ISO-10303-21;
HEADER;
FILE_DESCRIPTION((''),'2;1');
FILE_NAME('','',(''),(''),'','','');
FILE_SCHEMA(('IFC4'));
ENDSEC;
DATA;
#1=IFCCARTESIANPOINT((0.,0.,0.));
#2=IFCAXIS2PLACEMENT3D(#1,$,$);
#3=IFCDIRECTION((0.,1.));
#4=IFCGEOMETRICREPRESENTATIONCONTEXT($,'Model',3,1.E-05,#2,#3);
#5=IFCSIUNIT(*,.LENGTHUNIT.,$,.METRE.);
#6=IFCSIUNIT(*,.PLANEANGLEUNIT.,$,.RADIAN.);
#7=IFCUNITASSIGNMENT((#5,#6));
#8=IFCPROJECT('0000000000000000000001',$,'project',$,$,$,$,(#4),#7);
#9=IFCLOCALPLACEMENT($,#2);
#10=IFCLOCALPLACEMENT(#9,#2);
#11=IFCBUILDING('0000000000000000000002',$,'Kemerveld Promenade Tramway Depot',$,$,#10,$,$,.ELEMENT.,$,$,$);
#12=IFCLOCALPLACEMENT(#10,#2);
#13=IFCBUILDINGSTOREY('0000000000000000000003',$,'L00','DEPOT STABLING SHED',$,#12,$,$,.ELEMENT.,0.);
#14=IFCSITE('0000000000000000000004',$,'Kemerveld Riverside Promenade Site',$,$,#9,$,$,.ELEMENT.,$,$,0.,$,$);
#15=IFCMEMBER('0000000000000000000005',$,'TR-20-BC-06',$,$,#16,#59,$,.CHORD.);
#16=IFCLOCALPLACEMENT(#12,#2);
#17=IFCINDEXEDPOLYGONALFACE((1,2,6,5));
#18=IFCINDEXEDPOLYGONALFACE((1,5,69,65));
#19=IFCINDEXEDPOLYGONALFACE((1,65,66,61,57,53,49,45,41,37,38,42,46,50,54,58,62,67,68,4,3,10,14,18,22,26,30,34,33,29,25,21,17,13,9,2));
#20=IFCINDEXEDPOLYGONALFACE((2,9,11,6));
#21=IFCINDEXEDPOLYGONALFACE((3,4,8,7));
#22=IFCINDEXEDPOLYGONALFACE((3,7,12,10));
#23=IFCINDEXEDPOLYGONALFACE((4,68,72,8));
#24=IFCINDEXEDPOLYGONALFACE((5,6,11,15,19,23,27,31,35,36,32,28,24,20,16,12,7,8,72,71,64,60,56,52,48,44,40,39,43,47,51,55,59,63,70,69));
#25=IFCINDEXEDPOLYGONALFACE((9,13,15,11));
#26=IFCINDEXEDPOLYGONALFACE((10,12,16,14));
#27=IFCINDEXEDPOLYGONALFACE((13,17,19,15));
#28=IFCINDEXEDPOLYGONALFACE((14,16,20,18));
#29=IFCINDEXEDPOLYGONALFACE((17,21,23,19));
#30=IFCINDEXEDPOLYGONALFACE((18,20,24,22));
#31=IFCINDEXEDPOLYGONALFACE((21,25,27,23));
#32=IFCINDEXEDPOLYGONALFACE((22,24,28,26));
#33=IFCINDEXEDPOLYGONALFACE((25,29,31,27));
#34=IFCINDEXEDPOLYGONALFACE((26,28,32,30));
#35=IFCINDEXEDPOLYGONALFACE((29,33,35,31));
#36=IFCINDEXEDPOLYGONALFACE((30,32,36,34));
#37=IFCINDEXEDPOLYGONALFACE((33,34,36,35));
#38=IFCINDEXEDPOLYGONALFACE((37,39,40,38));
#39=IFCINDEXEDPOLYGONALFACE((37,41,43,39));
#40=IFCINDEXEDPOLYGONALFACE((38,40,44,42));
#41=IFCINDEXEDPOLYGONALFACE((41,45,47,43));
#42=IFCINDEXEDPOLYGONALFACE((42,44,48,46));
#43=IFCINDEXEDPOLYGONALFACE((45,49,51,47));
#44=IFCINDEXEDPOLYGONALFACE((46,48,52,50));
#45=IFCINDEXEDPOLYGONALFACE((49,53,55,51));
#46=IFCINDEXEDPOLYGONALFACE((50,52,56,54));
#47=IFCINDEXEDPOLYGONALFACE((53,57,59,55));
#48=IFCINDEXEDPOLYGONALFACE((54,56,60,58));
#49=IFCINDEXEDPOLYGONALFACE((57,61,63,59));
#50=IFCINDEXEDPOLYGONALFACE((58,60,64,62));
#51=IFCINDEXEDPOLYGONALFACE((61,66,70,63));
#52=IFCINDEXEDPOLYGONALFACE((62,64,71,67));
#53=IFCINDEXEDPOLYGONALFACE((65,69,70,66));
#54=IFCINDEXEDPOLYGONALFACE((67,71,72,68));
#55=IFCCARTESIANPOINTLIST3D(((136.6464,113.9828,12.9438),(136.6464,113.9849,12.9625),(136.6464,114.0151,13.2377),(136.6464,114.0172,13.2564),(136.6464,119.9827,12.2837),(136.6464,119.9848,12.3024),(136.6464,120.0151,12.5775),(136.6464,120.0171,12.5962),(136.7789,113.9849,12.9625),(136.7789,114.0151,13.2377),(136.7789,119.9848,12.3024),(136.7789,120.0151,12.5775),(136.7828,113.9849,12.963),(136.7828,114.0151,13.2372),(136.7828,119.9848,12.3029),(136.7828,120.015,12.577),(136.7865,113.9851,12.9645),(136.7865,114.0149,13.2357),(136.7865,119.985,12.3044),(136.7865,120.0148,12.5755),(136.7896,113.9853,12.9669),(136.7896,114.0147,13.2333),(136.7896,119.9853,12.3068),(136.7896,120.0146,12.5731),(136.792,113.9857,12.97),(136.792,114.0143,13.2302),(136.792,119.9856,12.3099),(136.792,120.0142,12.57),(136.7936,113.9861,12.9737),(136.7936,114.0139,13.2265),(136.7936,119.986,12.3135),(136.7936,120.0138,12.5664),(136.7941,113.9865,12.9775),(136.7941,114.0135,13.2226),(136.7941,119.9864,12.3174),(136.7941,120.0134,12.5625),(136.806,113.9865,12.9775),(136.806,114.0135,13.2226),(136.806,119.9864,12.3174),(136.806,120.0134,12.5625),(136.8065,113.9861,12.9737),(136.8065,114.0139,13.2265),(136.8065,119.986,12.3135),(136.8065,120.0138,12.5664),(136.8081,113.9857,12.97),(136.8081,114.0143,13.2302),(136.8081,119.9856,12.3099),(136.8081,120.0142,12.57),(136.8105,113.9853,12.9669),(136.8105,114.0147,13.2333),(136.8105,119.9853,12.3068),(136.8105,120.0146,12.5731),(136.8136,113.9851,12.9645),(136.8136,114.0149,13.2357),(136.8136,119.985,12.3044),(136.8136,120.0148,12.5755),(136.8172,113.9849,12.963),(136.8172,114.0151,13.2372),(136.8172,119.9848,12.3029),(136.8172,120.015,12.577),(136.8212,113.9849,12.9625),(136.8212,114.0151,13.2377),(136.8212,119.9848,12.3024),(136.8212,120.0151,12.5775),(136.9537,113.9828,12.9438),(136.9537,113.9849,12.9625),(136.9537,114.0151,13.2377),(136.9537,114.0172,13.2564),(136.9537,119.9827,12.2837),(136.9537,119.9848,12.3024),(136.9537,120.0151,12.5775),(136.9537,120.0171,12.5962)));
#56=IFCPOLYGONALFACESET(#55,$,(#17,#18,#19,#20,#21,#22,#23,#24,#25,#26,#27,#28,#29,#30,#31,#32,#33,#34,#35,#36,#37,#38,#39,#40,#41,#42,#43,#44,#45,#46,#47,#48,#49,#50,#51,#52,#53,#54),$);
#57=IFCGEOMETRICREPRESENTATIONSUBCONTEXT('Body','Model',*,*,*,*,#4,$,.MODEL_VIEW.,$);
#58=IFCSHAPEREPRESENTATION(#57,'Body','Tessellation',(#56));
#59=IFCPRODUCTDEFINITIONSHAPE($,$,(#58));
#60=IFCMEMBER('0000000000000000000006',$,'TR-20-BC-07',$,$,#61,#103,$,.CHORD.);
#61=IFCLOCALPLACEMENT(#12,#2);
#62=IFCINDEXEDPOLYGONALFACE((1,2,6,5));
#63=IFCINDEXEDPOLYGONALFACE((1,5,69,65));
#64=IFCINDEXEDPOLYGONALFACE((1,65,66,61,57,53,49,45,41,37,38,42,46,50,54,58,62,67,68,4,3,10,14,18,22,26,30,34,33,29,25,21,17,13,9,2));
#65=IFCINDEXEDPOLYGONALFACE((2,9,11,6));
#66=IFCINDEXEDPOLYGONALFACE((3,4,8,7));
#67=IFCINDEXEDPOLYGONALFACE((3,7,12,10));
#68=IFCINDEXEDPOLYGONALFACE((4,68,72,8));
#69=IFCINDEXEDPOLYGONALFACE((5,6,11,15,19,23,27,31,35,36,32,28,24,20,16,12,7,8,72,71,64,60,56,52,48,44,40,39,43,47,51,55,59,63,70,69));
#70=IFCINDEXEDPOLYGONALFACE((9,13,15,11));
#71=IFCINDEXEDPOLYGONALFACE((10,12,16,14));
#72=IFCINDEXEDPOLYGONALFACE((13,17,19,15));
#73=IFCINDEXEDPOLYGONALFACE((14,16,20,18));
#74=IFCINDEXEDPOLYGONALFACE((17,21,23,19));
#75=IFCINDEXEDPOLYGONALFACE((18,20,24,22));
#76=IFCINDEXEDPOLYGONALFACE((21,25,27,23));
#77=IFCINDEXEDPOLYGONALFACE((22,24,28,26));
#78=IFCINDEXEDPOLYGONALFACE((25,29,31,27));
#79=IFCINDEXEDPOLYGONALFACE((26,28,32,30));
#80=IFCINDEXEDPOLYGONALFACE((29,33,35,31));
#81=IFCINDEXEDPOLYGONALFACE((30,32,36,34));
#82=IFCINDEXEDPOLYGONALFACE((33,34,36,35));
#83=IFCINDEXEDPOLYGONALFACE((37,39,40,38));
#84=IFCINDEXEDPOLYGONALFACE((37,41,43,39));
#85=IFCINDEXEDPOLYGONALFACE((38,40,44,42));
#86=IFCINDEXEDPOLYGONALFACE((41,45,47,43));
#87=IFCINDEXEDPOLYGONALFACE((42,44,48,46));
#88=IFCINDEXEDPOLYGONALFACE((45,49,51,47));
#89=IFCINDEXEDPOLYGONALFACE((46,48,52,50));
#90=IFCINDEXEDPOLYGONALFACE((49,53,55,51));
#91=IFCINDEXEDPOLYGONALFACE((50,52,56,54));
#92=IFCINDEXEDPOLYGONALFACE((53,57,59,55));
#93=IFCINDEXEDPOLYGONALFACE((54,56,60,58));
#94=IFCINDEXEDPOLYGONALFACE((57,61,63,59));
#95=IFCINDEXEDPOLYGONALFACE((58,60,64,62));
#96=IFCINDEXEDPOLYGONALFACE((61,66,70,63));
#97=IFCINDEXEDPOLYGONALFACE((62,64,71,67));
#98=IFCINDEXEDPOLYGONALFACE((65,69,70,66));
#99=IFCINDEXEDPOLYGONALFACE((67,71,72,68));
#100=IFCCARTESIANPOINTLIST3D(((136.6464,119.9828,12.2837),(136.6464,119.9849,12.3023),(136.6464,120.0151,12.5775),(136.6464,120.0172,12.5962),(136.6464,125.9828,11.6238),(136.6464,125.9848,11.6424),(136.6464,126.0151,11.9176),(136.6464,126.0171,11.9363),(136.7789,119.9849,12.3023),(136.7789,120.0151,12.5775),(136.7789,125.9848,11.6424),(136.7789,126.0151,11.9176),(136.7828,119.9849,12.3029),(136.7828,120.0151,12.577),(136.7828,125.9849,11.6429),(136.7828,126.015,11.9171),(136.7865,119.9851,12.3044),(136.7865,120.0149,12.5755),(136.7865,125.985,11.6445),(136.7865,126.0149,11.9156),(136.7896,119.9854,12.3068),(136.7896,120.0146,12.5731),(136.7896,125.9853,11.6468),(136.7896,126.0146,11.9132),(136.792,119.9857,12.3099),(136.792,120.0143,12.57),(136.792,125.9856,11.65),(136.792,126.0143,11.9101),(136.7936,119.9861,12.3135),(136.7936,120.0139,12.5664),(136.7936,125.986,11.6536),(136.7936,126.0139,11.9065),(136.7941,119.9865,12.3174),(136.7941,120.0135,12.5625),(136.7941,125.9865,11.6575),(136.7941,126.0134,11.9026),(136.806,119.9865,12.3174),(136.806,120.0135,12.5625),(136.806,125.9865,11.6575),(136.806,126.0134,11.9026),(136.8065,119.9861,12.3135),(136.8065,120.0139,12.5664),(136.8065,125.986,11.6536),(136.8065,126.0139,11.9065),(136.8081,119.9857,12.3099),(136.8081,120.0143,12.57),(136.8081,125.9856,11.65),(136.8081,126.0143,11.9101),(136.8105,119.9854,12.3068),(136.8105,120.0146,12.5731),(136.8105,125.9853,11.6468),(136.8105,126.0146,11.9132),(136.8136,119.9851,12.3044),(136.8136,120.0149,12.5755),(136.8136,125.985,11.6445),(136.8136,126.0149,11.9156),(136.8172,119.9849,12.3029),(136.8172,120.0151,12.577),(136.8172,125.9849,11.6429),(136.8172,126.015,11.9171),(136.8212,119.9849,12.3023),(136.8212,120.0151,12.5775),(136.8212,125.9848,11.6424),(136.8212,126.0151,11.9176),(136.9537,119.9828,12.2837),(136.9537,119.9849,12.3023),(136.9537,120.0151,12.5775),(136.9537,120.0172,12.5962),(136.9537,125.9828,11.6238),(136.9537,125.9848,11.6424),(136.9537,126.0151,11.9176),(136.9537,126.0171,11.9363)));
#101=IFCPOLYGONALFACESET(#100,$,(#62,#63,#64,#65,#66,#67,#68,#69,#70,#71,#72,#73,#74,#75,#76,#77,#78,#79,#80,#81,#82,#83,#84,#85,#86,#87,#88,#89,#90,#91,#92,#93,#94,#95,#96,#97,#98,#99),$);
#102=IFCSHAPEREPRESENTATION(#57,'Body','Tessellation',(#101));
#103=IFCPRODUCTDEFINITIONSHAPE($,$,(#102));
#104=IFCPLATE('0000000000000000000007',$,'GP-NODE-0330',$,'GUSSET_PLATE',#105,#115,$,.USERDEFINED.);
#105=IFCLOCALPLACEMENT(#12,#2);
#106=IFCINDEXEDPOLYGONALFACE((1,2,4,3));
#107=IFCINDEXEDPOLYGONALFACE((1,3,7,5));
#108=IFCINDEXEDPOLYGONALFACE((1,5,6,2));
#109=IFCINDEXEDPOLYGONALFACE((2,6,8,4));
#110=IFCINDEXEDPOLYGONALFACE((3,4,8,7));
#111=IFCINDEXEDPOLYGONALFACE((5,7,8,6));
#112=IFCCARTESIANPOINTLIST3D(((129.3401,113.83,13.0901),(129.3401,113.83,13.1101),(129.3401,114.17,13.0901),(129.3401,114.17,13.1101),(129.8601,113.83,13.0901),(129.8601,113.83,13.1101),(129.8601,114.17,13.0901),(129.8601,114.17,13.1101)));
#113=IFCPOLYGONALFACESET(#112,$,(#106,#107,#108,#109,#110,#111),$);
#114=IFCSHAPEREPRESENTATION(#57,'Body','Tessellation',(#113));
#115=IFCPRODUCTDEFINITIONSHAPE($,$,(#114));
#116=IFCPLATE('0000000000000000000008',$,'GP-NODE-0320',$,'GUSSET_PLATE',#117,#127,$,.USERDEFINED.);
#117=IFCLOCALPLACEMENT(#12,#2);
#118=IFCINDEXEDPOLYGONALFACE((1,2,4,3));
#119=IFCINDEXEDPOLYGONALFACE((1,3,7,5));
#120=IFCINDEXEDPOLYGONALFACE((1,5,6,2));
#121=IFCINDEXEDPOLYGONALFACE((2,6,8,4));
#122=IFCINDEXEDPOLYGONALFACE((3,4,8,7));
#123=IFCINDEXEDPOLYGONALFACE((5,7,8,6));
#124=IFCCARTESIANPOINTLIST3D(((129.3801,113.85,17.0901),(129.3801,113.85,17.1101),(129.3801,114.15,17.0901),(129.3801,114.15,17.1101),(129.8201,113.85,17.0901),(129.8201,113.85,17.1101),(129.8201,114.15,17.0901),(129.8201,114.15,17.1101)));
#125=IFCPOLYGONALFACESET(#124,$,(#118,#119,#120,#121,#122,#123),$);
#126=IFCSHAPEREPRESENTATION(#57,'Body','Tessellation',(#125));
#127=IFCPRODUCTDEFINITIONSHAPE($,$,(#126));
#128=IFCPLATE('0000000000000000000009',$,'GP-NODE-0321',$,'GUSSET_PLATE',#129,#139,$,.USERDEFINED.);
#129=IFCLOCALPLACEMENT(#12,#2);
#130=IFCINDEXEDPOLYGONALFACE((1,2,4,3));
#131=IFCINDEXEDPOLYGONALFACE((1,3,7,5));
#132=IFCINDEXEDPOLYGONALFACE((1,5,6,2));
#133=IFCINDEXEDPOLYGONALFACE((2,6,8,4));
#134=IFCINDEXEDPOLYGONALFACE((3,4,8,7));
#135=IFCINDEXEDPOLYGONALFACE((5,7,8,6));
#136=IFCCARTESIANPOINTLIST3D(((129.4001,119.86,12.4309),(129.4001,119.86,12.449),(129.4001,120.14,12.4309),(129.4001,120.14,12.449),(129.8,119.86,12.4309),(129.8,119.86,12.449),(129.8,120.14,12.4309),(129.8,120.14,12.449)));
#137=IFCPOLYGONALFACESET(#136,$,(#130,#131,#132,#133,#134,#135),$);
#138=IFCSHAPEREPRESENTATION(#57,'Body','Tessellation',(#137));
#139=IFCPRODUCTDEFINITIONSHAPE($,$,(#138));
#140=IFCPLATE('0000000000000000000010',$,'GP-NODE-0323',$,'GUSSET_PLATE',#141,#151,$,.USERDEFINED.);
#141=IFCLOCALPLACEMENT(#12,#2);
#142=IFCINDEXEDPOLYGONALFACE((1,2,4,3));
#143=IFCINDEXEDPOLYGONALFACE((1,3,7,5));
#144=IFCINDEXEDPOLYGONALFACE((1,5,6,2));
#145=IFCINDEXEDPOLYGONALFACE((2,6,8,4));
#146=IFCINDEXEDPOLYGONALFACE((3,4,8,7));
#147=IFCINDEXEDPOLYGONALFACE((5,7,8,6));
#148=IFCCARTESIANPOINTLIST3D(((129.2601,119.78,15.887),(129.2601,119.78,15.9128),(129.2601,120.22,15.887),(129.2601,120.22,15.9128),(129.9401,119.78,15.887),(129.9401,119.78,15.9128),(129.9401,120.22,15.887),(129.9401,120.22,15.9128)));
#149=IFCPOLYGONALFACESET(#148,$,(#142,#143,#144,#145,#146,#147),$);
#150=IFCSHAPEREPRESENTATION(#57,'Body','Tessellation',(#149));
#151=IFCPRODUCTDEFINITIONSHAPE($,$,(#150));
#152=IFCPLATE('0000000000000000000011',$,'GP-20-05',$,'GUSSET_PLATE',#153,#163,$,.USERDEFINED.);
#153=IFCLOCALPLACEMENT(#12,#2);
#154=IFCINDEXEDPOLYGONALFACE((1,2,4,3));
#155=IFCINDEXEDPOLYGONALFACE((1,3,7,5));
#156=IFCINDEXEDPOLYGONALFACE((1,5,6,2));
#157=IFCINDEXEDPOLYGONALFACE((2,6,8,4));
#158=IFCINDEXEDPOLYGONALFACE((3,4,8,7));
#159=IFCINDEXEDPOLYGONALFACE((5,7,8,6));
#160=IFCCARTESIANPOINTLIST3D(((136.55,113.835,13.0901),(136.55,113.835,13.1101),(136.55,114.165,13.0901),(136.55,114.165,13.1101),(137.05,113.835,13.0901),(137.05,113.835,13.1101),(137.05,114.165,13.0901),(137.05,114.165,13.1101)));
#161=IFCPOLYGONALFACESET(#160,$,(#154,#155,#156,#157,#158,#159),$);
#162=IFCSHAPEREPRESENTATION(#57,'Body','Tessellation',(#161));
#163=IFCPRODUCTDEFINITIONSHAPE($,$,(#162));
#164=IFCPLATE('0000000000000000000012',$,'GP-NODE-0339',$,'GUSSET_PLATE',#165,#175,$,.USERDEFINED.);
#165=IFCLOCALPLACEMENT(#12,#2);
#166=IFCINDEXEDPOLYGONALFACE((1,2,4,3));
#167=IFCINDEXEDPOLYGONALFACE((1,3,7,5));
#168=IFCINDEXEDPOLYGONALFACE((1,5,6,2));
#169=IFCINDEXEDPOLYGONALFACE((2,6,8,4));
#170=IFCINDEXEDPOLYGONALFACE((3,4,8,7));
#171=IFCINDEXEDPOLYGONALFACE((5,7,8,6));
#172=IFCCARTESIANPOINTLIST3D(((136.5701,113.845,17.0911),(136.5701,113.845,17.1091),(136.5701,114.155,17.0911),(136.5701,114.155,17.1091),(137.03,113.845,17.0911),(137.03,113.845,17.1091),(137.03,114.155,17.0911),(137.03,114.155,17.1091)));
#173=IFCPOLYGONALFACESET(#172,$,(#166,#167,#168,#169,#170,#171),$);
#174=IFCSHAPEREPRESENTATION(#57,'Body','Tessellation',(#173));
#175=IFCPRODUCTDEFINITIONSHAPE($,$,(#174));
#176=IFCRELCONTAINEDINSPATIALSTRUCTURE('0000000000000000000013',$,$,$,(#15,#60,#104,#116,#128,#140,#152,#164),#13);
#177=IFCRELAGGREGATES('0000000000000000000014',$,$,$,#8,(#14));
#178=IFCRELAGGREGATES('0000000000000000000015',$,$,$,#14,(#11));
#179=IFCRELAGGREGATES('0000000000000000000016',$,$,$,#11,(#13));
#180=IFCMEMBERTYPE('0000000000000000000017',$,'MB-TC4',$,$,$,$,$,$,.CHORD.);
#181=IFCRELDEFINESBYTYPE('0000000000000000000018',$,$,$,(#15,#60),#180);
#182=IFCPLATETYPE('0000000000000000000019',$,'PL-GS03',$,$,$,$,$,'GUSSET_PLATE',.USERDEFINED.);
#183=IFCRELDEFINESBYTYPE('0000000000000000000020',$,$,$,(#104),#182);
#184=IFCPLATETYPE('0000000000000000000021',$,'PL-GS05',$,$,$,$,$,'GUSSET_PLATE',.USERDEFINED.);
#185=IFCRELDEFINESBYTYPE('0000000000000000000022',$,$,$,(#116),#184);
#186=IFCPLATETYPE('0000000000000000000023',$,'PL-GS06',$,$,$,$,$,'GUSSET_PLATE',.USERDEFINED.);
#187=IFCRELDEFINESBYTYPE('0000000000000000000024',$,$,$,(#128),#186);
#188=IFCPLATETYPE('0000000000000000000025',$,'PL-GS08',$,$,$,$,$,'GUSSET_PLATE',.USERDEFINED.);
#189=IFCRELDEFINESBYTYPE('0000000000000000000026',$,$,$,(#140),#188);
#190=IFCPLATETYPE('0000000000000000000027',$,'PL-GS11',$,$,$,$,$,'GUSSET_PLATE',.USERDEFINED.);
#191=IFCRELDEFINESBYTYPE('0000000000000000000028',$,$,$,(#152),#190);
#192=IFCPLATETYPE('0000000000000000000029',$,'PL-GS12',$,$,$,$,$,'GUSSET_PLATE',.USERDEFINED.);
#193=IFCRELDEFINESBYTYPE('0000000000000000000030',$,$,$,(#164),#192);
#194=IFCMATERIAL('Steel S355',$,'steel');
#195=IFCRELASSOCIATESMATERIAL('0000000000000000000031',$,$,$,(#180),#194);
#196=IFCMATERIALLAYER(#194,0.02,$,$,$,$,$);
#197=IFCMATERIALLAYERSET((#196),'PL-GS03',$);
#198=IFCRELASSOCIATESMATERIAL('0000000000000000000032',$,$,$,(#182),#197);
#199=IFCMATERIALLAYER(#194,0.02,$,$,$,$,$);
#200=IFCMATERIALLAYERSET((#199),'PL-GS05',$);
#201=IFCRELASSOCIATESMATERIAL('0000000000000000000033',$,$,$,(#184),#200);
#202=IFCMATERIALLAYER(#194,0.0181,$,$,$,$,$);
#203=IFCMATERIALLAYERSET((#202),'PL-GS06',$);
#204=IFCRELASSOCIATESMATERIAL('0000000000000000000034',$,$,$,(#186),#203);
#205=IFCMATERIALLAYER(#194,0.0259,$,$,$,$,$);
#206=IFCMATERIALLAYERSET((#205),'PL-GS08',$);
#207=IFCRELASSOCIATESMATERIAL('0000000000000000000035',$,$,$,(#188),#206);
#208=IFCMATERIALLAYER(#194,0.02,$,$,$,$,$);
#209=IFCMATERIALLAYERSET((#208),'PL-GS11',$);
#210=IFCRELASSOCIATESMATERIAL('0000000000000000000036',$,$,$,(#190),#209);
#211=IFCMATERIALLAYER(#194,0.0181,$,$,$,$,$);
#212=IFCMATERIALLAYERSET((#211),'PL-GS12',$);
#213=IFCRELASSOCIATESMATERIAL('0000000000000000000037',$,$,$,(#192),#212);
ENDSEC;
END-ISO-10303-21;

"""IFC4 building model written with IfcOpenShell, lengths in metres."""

from ifc_helpers import new_model, si_unit, direction, frame, origin, origin_2d, place, context, subcontext, project, spatial, rectangle, i_section, extrude, material, layer, layer_set, material_profile, profile_set, type_object, element, save


model = new_model("IFC4")

# Units and contexts
model_context = context("Model", 3, precision=1e-05, world=origin(), true_north=direction((0.0, 1.0)))
body_context = subcontext(model_context, "Body", "Model", "MODEL_VIEW")
ifc_project = project(units=[si_unit("LENGTHUNIT", "METRE"), si_unit("PLANEANGLEUNIT", "RADIAN")], contexts=[model_context])

# Site, building, storey
site_placement = place(None, origin())
site = spatial("IfcSite", under=ifc_project, at=site_placement, Name="Kemerveld Riverside Promenade Site", CompositionType="ELEMENT", RefElevation=0.0)
building_placement = place(site_placement, origin())
building = spatial("IfcBuilding", under=site, at=building_placement, Name="Kemerveld Promenade Tramway Depot", CompositionType="ELEMENT")
storey_placement = place(building_placement, origin())
storey = spatial("IfcBuildingStorey", under=building, at=storey_placement, Name="L00", Description="DEPOT STABLING SHED", CompositionType="ELEMENT", Elevation=0.0)

# Members
ifc_material_1 = material(Name="Steel S355", Category="steel")
ifc_material_profile_1 = material_profile(ifc_material_1, i_section(OverallWidth=0.3074, OverallDepth=0.3145, WebThickness=0.012, FlangeThickness=0.0188, FilletRadius=0.0151, at=origin_2d()), Name="305x305x118 UC")
ifc_profile_set_1 = profile_set([ifc_material_profile_1], Name="Steel S355")
member_type_1 = type_object("IfcMemberType", Name="MB-TC4", PredefinedType="CHORD", material=ifc_profile_set_1)
for number, where, z_axis, x_axis, name in (
    (1, (136.8, 114.0, 13.1001), (0.0, 0.994002, -0.109366), (-1.0, 0.0, 0.0), "TR-20-BC-06"),
    (2, (136.8, 120.0, 12.4399), (0.0, 0.994006, -0.109326), (-1.0, 0.0, 0.0), "TR-20-BC-07"),
):
    element("IfcMember", number, at=place(storey_placement, frame(where, z_axis=z_axis, x_axis=x_axis)), inside=storey, type_object=member_type_1, Name=name, PredefinedType="CHORD", context=body_context, shape_type="SweptSolid", body=[
        extrude(i_section(OverallWidth=0.3074, OverallDepth=0.3145, WebThickness=0.012, FlangeThickness=0.0188, FilletRadius=0.0151, at=origin_2d()), origin(), (0.0, 0.0, 1.0), 6.0361),
    ])

# Plates
ifc_layer_1 = layer(ifc_material_1, 0.02)
ifc_layer_set_1 = layer_set([ifc_layer_1], Name="PL-GS03")
plate_type_1 = type_object("IfcPlateType", Name="PL-GS03", ElementType="GUSSET_PLATE", PredefinedType="USERDEFINED", material=ifc_layer_set_1)
plate_1_placement = place(storey_placement, frame((129.6001, 114.0, 13.0901), z_axis=(0.0, 0.0, 1.0), x_axis=(1.0, 0.0, 0.0)))
element("IfcPlate", 3, at=plate_1_placement, inside=storey, type_object=plate_type_1, Name="GP-NODE-0330", ObjectType="GUSSET_PLATE", PredefinedType="USERDEFINED", context=body_context, shape_type="SweptSolid", body=[
    extrude(rectangle(XDim=0.52, YDim=0.3401, at=origin_2d()), origin(), (0.0, 0.0, 1.0), 0.02),
])
ifc_layer_2 = layer(ifc_material_1, 0.02)
ifc_layer_set_2 = layer_set([ifc_layer_2], Name="PL-GS05")
plate_type_2 = type_object("IfcPlateType", Name="PL-GS05", ElementType="GUSSET_PLATE", PredefinedType="USERDEFINED", material=ifc_layer_set_2)
plate_2_placement = place(storey_placement, frame((129.6001, 114.0, 17.0901), z_axis=(0.0, 0.0, 1.0), x_axis=(1.0, 0.0, 0.0)))
element("IfcPlate", 4, at=plate_2_placement, inside=storey, type_object=plate_type_2, Name="GP-NODE-0320", ObjectType="GUSSET_PLATE", PredefinedType="USERDEFINED", context=body_context, shape_type="SweptSolid", body=[
    extrude(rectangle(XDim=0.4399, YDim=0.3, at=origin_2d()), origin(), (0.0, 0.0, 1.0), 0.02),
])
ifc_layer_3 = layer(ifc_material_1, 0.0181)
ifc_layer_set_3 = layer_set([ifc_layer_3], Name="PL-GS06")
plate_type_3 = type_object("IfcPlateType", Name="PL-GS06", ElementType="GUSSET_PLATE", PredefinedType="USERDEFINED", material=ifc_layer_set_3)
plate_3_placement = place(storey_placement, frame((129.6001, 120.0, 12.4309), z_axis=(0.0, 0.0, 1.0), x_axis=(1.0, 0.0, 0.0)))
element("IfcPlate", 5, at=plate_3_placement, inside=storey, type_object=plate_type_3, Name="GP-NODE-0321", ObjectType="GUSSET_PLATE", PredefinedType="USERDEFINED", context=body_context, shape_type="SweptSolid", body=[
    extrude(rectangle(XDim=0.3999, YDim=0.28, at=origin_2d()), origin(), (0.0, 0.0, 1.0), 0.0181),
])
ifc_layer_4 = layer(ifc_material_1, 0.0259)
ifc_layer_set_4 = layer_set([ifc_layer_4], Name="PL-GS08")
plate_type_4 = type_object("IfcPlateType", Name="PL-GS08", ElementType="GUSSET_PLATE", PredefinedType="USERDEFINED", material=ifc_layer_set_4)
plate_4_placement = place(storey_placement, frame((129.6001, 120.0, 15.887), z_axis=(0.0, 0.0, 1.0), x_axis=(1.0, 0.0, 0.0)))
element("IfcPlate", 6, at=plate_4_placement, inside=storey, type_object=plate_type_4, Name="GP-NODE-0323", ObjectType="GUSSET_PLATE", PredefinedType="USERDEFINED", context=body_context, shape_type="SweptSolid", body=[
    extrude(rectangle(XDim=0.6799, YDim=0.4399, at=origin_2d()), origin(), (0.0, 0.0, 1.0), 0.0259),
])
ifc_layer_5 = layer(ifc_material_1, 0.02)
ifc_layer_set_5 = layer_set([ifc_layer_5], Name="PL-GS11")
plate_type_5 = type_object("IfcPlateType", Name="PL-GS11", ElementType="GUSSET_PLATE", PredefinedType="USERDEFINED", material=ifc_layer_set_5)
plate_5_placement = place(storey_placement, frame((136.8, 114.0, 13.0901), z_axis=(0.0, 0.0, 1.0), x_axis=(1.0, 0.0, 0.0)))
element("IfcPlate", 7, at=plate_5_placement, inside=storey, type_object=plate_type_5, Name="GP-20-05", ObjectType="GUSSET_PLATE", PredefinedType="USERDEFINED", context=body_context, shape_type="SweptSolid", body=[
    extrude(rectangle(XDim=0.5, YDim=0.3301, at=origin_2d()), origin(), (0.0, 0.0, 1.0), 0.02),
])
ifc_layer_6 = layer(ifc_material_1, 0.0181)
ifc_layer_set_6 = layer_set([ifc_layer_6], Name="PL-GS12")
plate_type_6 = type_object("IfcPlateType", Name="PL-GS12", ElementType="GUSSET_PLATE", PredefinedType="USERDEFINED", material=ifc_layer_set_6)
plate_6_placement = place(storey_placement, frame((136.8, 114.0, 17.0911), z_axis=(0.0, 0.0, 1.0), x_axis=(1.0, 0.0, 0.0)))
element("IfcPlate", 8, at=plate_6_placement, inside=storey, type_object=plate_type_6, Name="GP-NODE-0339", ObjectType="GUSSET_PLATE", PredefinedType="USERDEFINED", context=body_context, shape_type="SweptSolid", body=[
    extrude(rectangle(XDim=0.46, YDim=0.3101, at=origin_2d()), origin(), (0.0, 0.0, 1.0), 0.0181),
])

save(model, "model.ifc")
